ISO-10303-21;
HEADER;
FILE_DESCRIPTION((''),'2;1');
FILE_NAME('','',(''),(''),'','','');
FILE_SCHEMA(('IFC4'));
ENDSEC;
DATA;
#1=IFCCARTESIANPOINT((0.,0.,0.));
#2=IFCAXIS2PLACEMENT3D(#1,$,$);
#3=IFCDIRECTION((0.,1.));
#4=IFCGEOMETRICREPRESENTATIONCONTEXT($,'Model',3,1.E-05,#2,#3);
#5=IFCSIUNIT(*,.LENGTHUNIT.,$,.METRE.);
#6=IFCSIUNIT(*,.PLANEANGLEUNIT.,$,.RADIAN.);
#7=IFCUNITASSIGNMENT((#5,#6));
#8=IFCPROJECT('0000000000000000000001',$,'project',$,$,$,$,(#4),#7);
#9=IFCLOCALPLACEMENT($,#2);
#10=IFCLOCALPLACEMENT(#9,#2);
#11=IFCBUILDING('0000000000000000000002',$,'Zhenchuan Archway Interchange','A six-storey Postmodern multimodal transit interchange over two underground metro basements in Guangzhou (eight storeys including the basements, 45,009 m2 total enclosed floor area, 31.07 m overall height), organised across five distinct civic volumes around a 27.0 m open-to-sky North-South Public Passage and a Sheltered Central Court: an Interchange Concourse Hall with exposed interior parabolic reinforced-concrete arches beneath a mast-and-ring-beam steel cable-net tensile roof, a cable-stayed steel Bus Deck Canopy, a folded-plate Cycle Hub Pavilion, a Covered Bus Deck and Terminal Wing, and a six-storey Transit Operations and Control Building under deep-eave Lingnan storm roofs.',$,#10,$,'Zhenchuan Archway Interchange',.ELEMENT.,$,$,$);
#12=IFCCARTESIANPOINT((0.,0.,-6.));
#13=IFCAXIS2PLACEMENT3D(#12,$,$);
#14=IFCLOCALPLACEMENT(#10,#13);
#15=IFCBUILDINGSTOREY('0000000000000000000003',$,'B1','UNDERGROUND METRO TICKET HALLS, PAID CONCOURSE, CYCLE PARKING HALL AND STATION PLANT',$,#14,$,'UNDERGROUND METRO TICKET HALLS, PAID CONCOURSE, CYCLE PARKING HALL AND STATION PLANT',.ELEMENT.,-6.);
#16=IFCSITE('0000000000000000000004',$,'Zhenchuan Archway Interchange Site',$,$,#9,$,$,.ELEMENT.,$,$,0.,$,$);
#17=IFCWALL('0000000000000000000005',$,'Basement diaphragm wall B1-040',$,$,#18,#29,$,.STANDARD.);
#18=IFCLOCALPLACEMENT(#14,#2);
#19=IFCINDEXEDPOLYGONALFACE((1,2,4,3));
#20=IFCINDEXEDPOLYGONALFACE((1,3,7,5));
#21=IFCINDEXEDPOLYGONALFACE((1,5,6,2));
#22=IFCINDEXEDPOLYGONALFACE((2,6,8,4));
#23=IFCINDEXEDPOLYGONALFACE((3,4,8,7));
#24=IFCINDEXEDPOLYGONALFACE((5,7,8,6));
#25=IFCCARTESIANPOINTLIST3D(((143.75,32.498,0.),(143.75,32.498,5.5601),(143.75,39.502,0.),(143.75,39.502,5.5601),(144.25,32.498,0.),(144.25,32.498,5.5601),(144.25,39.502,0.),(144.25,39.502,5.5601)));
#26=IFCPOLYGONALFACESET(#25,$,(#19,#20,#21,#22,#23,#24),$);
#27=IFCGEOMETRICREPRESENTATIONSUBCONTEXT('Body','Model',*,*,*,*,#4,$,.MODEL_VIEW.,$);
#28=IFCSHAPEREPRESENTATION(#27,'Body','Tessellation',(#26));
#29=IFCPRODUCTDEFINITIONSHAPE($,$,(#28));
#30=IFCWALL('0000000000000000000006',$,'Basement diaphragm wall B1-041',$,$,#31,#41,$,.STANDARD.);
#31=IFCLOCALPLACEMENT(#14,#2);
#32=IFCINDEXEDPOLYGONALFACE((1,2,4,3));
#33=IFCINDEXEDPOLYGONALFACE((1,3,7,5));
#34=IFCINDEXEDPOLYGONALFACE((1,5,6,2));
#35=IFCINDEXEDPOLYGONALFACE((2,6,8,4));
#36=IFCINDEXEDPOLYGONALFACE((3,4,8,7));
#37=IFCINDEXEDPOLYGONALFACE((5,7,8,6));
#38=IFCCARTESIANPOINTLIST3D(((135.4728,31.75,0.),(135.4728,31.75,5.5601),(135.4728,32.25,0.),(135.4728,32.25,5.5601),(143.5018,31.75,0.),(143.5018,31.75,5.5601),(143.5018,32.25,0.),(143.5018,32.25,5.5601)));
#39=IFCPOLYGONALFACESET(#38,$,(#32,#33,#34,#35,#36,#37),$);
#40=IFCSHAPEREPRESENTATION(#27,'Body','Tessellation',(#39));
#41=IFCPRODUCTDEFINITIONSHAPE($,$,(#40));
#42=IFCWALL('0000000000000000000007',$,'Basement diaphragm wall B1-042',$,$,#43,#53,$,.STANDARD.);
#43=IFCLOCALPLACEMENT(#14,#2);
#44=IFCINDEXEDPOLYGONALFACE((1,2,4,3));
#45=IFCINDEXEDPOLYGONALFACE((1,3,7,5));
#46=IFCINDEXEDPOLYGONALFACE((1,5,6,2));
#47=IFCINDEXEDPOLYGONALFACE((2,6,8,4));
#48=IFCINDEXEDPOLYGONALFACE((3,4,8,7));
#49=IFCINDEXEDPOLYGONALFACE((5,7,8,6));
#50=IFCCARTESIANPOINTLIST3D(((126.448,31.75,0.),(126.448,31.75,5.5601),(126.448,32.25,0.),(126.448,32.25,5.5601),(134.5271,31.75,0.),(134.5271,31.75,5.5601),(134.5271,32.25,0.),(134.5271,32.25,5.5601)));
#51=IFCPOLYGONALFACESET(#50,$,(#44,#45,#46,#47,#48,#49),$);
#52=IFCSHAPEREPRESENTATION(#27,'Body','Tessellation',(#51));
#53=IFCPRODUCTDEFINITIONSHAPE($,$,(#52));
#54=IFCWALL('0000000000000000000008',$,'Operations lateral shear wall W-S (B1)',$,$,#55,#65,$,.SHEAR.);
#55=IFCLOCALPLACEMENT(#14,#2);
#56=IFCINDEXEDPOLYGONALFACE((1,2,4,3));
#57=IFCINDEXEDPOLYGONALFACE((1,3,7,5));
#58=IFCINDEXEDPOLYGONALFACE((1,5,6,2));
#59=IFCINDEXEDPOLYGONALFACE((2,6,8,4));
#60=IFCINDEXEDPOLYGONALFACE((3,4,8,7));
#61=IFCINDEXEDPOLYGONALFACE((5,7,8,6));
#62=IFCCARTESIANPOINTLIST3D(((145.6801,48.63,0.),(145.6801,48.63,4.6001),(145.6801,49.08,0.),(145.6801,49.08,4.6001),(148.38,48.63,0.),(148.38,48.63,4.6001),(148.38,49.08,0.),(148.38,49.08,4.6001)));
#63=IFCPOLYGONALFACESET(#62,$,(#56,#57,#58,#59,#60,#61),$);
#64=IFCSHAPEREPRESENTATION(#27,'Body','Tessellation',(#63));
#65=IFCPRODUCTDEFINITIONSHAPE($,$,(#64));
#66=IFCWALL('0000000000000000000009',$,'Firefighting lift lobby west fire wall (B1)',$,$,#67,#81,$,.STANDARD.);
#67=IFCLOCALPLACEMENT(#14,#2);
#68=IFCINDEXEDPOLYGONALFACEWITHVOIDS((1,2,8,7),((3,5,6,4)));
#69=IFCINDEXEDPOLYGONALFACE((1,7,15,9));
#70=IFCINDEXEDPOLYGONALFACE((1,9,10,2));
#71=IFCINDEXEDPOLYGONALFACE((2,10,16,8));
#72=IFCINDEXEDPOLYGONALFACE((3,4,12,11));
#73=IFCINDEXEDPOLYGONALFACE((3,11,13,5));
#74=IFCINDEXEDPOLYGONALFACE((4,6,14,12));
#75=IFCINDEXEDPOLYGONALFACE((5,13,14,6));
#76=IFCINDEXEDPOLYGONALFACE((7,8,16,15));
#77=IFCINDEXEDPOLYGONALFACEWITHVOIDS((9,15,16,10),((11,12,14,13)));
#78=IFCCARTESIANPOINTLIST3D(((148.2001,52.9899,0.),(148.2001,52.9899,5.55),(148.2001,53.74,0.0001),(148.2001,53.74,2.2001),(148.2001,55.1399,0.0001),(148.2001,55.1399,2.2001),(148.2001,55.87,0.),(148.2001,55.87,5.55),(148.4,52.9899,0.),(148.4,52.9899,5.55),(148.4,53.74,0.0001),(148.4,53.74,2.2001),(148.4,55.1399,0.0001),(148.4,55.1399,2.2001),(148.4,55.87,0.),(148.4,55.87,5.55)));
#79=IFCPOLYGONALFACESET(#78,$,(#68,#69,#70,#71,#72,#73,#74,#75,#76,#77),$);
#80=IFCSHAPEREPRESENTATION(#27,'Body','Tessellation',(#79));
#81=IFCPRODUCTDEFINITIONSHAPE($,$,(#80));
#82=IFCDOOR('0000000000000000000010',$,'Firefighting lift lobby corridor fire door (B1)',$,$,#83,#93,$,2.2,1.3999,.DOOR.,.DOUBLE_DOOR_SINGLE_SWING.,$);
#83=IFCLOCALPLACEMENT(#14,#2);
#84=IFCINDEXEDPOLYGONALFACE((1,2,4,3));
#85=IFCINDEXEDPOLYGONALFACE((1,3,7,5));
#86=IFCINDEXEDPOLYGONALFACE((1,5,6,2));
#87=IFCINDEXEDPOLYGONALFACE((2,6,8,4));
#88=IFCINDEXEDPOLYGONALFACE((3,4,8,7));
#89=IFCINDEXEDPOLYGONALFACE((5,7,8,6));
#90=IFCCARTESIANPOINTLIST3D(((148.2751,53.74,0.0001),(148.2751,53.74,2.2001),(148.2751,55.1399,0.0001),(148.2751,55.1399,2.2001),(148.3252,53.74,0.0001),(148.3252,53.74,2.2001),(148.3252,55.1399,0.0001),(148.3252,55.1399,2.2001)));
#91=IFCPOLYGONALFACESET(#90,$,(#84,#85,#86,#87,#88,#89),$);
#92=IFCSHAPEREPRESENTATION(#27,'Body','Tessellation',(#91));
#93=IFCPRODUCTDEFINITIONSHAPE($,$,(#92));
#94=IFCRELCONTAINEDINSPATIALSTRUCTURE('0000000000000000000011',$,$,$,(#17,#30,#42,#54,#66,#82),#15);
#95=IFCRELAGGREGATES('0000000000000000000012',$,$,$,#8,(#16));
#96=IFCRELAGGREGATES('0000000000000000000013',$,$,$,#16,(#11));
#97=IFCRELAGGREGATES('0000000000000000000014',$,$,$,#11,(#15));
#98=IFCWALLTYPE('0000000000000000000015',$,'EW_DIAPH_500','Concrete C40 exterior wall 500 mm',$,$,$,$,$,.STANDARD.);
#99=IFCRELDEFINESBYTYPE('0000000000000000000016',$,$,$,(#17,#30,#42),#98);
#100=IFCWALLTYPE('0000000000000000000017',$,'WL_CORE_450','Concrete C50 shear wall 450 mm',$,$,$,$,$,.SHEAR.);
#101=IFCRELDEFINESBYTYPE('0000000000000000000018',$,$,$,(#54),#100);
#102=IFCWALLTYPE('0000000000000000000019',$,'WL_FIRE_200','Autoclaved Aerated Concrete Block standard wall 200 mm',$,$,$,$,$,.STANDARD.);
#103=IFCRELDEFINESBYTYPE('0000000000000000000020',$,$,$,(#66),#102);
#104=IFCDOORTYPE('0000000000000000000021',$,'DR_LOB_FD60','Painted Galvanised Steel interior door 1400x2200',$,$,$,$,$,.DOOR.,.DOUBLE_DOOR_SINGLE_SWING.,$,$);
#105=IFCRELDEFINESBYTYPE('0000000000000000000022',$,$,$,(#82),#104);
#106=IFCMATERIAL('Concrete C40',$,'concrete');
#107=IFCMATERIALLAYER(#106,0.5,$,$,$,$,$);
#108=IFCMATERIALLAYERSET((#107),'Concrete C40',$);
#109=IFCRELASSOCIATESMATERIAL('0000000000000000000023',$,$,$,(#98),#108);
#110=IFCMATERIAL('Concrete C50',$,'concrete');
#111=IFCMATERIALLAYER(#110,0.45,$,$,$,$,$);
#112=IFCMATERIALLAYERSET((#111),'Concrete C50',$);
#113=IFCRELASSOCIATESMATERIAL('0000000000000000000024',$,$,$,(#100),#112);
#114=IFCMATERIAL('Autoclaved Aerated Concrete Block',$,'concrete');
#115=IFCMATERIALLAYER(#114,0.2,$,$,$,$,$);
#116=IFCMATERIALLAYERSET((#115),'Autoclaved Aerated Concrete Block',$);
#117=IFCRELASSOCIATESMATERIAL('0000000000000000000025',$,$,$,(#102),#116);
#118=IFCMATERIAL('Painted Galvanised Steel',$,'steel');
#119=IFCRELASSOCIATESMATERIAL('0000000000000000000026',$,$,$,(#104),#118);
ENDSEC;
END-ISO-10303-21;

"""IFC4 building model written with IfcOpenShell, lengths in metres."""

from ifc_helpers import new_model, si_unit, direction, frame, frame_2d, origin, place, context, subcontext, project, spatial, rectangle, extrude, material, layer, layer_set, type_object, element, fill, save


model = new_model("IFC4")

# Units and contexts
model_context = context("Model", 3, precision=1e-05, world=origin(), true_north=direction((0.0, 1.0)))
body_context = subcontext(model_context, "Body", "Model", "MODEL_VIEW")
ifc_project = project(units=[si_unit("LENGTHUNIT", "METRE"), si_unit("PLANEANGLEUNIT", "RADIAN")], contexts=[model_context])

# Site, building, storey
site_placement = place(None, origin())
site = spatial("IfcSite", under=ifc_project, at=site_placement, Name="Zhenchuan Archway Interchange Site", CompositionType="ELEMENT", RefElevation=0.0)
building_placement = place(site_placement, origin())
building = spatial("IfcBuilding", under=site, at=building_placement, Name="Zhenchuan Archway Interchange", Description="A six-storey Postmodern multimodal transit interchange over two underground metro basements in Guangzhou (eight storeys including the basements, 45,009 m2 total enclosed floor area, 31.07 m overall height), organised across five distinct civic volumes around a 27.0 m open-to-sky North-South Public Passage and a Sheltered Central Court: an Interchange Concourse Hall with exposed interior parabolic reinforced-concrete arches beneath a mast-and-ring-beam steel cable-net tensile roof, a cable-stayed steel Bus Deck Canopy, a folded-plate Cycle Hub Pavilion, a Covered Bus Deck and Terminal Wing, and a six-storey Transit Operations and Control Building under deep-eave Lingnan storm roofs.", LongName="Zhenchuan Archway Interchange", CompositionType="ELEMENT")
storey_placement = place(building_placement, frame((0.0, 0.0, -6.0)))
storey = spatial("IfcBuildingStorey", under=building, at=storey_placement, Name="B1", Description="UNDERGROUND METRO TICKET HALLS, PAID CONCOURSE, CYCLE PARKING HALL AND STATION PLANT", LongName="UNDERGROUND METRO TICKET HALLS, PAID CONCOURSE, CYCLE PARKING HALL AND STATION PLANT", CompositionType="ELEMENT", Elevation=-6.0)

# Shared definitions
ifc_material_1 = material(Name="Concrete C50", Category="concrete")

# Shared definitions
ifc_material_2 = material(Name="Concrete C40", Category="concrete")

# Walls
ifc_layer_1 = layer(ifc_material_2, 0.5)
ifc_layer_set_1 = layer_set([ifc_layer_1], Name="Concrete C40")
wall_type_1 = type_object("IfcWallType", Name="EW_DIAPH_500", Description="Concrete C40 exterior wall 500 mm", PredefinedType="STANDARD", material=ifc_layer_set_1)
wall_1_placement = place(storey_placement, frame((144.0, 39.502, 0.0), z_axis=(0.0, 0.0, 1.0), x_axis=(0.0, -1.0, 0.0)))
element("IfcWall", 1, at=wall_1_placement, inside=storey, type_object=wall_type_1, Name="Basement diaphragm wall B1-040", PredefinedType="STANDARD", context=body_context, shape_type="SweptSolid", body=[
    extrude(rectangle(XDim=7.0039, YDim=0.5, at=frame_2d((3.502, 0.0))), origin(), (0.0, 0.0, 1.0), 5.5601),
])
wall_2_placement = place(storey_placement, frame((143.502, 32.0, 0.0), z_axis=(0.0, 0.0, 1.0), x_axis=(-1.0, 0.0, 0.0)))
element("IfcWall", 2, at=wall_2_placement, inside=storey, type_object=wall_type_1, Name="Basement diaphragm wall B1-041", PredefinedType="STANDARD", context=body_context, shape_type="SweptSolid", body=[
    extrude(rectangle(XDim=8.0291, YDim=0.5, at=frame_2d((4.0146, 0.0))), origin(), (0.0, 0.0, 1.0), 5.5601),
])
wall_3_placement = place(storey_placement, frame((134.5271, 32.0, 0.0), z_axis=(0.0, 0.0, 1.0), x_axis=(-1.0, 0.0, 0.0)))
element("IfcWall", 3, at=wall_3_placement, inside=storey, type_object=wall_type_1, Name="Basement diaphragm wall B1-042", PredefinedType="STANDARD", context=body_context, shape_type="SweptSolid", body=[
    extrude(rectangle(XDim=8.0791, YDim=0.5, at=frame_2d((4.0396, 0.0))), origin(), (0.0, 0.0, 1.0), 5.5601),
])
ifc_layer_2 = layer(ifc_material_1, 0.45)
ifc_layer_set_2 = layer_set([ifc_layer_2], Name="Concrete C50")
wall_type_2 = type_object("IfcWallType", Name="WL_CORE_450", Description="Concrete C50 shear wall 450 mm", PredefinedType="SHEAR", material=ifc_layer_set_2)
wall_4_placement = place(storey_placement, frame((145.6799, 48.855, 0.0), z_axis=(0.0, 0.0, 1.0), x_axis=(1.0, 0.0, 0.0)))
element("IfcWall", 4, at=wall_4_placement, inside=storey, type_object=wall_type_2, Name="Operations lateral shear wall W-S (B1)", PredefinedType="SHEAR", context=body_context, shape_type="SweptSolid", body=[
    extrude(rectangle(XDim=2.7, YDim=0.45, at=frame_2d((1.3501, 0.0))), origin(), (0.0, 0.0, 1.0), 4.6001),
])

# Wall, opening, door
ifc_material_3 = material(Name="Autoclaved Aerated Concrete Block", Category="concrete")
ifc_layer_3 = layer(ifc_material_3, 0.2)
ifc_layer_set_3 = layer_set([ifc_layer_3], Name="Autoclaved Aerated Concrete Block")
wall_type_3 = type_object("IfcWallType", Name="WL_FIRE_200", Description="Autoclaved Aerated Concrete Block standard wall 200 mm", PredefinedType="STANDARD", material=ifc_layer_set_3)
wall_5_placement = place(storey_placement, frame((148.3, 52.99, 0.0), z_axis=(0.0, 0.0, 1.0), x_axis=(0.0, 1.0, 0.0)))
wall_5 = element("IfcWall", 5, at=wall_5_placement, inside=storey, type_object=wall_type_3, Name="Firefighting lift lobby west fire wall (B1)", PredefinedType="STANDARD", context=body_context, shape_type="SweptSolid", body=[
    extrude(rectangle(XDim=2.8801, YDim=0.2, at=frame_2d((1.4399, 0.0))), origin(), (0.0, 0.0, 1.0), 5.55),
])
opening_placement = place(wall_5_placement, frame((0.75, 0.0, 0.0)))
opening = element("IfcOpeningElement", 6, at=opening_placement, cuts=wall_5, PredefinedType="OPENING", context=body_context, shape_type="SweptSolid", body=[
    extrude(rectangle(XDim=1.3999, YDim=2.2, at=frame_2d((0.7, 1.1001))), frame((0.0, 0.1118, 0.0), z_axis=(0.0, -1.0, 0.0), x_axis=(1.0, 0.0, 0.0)), (0.0, 0.0, 1.0), 0.2239),
])
ifc_material_4 = material(Name="Painted Galvanised Steel", Category="steel")
door_type = type_object("IfcDoorType", Name="DR_LOB_FD60", Description="Painted Galvanised Steel interior door 1400x2200", OperationType="DOUBLE_DOOR_SINGLE_SWING", PredefinedType="DOOR", material=ifc_material_4)
door_placement = place(opening_placement, origin())
door = element("IfcDoor", 7, at=door_placement, inside=storey, type_object=door_type, Name="Firefighting lift lobby corridor fire door (B1)", OperationType="DOUBLE_DOOR_SINGLE_SWING", OverallHeight=2.2, OverallWidth=1.3999, PredefinedType="DOOR", context=body_context, shape_type="SweptSolid", body=[
    extrude(rectangle(XDim=1.3999, YDim=2.2, at=frame_2d((0.7, 1.1001))), frame((0.0, 0.0249, 0.0), z_axis=(0.0, -1.0, 0.0), x_axis=(1.0, 0.0, 0.0)), (0.0, 0.0, 1.0), 0.05),
])
fill(opening, door)

save(model, "model.ifc")
